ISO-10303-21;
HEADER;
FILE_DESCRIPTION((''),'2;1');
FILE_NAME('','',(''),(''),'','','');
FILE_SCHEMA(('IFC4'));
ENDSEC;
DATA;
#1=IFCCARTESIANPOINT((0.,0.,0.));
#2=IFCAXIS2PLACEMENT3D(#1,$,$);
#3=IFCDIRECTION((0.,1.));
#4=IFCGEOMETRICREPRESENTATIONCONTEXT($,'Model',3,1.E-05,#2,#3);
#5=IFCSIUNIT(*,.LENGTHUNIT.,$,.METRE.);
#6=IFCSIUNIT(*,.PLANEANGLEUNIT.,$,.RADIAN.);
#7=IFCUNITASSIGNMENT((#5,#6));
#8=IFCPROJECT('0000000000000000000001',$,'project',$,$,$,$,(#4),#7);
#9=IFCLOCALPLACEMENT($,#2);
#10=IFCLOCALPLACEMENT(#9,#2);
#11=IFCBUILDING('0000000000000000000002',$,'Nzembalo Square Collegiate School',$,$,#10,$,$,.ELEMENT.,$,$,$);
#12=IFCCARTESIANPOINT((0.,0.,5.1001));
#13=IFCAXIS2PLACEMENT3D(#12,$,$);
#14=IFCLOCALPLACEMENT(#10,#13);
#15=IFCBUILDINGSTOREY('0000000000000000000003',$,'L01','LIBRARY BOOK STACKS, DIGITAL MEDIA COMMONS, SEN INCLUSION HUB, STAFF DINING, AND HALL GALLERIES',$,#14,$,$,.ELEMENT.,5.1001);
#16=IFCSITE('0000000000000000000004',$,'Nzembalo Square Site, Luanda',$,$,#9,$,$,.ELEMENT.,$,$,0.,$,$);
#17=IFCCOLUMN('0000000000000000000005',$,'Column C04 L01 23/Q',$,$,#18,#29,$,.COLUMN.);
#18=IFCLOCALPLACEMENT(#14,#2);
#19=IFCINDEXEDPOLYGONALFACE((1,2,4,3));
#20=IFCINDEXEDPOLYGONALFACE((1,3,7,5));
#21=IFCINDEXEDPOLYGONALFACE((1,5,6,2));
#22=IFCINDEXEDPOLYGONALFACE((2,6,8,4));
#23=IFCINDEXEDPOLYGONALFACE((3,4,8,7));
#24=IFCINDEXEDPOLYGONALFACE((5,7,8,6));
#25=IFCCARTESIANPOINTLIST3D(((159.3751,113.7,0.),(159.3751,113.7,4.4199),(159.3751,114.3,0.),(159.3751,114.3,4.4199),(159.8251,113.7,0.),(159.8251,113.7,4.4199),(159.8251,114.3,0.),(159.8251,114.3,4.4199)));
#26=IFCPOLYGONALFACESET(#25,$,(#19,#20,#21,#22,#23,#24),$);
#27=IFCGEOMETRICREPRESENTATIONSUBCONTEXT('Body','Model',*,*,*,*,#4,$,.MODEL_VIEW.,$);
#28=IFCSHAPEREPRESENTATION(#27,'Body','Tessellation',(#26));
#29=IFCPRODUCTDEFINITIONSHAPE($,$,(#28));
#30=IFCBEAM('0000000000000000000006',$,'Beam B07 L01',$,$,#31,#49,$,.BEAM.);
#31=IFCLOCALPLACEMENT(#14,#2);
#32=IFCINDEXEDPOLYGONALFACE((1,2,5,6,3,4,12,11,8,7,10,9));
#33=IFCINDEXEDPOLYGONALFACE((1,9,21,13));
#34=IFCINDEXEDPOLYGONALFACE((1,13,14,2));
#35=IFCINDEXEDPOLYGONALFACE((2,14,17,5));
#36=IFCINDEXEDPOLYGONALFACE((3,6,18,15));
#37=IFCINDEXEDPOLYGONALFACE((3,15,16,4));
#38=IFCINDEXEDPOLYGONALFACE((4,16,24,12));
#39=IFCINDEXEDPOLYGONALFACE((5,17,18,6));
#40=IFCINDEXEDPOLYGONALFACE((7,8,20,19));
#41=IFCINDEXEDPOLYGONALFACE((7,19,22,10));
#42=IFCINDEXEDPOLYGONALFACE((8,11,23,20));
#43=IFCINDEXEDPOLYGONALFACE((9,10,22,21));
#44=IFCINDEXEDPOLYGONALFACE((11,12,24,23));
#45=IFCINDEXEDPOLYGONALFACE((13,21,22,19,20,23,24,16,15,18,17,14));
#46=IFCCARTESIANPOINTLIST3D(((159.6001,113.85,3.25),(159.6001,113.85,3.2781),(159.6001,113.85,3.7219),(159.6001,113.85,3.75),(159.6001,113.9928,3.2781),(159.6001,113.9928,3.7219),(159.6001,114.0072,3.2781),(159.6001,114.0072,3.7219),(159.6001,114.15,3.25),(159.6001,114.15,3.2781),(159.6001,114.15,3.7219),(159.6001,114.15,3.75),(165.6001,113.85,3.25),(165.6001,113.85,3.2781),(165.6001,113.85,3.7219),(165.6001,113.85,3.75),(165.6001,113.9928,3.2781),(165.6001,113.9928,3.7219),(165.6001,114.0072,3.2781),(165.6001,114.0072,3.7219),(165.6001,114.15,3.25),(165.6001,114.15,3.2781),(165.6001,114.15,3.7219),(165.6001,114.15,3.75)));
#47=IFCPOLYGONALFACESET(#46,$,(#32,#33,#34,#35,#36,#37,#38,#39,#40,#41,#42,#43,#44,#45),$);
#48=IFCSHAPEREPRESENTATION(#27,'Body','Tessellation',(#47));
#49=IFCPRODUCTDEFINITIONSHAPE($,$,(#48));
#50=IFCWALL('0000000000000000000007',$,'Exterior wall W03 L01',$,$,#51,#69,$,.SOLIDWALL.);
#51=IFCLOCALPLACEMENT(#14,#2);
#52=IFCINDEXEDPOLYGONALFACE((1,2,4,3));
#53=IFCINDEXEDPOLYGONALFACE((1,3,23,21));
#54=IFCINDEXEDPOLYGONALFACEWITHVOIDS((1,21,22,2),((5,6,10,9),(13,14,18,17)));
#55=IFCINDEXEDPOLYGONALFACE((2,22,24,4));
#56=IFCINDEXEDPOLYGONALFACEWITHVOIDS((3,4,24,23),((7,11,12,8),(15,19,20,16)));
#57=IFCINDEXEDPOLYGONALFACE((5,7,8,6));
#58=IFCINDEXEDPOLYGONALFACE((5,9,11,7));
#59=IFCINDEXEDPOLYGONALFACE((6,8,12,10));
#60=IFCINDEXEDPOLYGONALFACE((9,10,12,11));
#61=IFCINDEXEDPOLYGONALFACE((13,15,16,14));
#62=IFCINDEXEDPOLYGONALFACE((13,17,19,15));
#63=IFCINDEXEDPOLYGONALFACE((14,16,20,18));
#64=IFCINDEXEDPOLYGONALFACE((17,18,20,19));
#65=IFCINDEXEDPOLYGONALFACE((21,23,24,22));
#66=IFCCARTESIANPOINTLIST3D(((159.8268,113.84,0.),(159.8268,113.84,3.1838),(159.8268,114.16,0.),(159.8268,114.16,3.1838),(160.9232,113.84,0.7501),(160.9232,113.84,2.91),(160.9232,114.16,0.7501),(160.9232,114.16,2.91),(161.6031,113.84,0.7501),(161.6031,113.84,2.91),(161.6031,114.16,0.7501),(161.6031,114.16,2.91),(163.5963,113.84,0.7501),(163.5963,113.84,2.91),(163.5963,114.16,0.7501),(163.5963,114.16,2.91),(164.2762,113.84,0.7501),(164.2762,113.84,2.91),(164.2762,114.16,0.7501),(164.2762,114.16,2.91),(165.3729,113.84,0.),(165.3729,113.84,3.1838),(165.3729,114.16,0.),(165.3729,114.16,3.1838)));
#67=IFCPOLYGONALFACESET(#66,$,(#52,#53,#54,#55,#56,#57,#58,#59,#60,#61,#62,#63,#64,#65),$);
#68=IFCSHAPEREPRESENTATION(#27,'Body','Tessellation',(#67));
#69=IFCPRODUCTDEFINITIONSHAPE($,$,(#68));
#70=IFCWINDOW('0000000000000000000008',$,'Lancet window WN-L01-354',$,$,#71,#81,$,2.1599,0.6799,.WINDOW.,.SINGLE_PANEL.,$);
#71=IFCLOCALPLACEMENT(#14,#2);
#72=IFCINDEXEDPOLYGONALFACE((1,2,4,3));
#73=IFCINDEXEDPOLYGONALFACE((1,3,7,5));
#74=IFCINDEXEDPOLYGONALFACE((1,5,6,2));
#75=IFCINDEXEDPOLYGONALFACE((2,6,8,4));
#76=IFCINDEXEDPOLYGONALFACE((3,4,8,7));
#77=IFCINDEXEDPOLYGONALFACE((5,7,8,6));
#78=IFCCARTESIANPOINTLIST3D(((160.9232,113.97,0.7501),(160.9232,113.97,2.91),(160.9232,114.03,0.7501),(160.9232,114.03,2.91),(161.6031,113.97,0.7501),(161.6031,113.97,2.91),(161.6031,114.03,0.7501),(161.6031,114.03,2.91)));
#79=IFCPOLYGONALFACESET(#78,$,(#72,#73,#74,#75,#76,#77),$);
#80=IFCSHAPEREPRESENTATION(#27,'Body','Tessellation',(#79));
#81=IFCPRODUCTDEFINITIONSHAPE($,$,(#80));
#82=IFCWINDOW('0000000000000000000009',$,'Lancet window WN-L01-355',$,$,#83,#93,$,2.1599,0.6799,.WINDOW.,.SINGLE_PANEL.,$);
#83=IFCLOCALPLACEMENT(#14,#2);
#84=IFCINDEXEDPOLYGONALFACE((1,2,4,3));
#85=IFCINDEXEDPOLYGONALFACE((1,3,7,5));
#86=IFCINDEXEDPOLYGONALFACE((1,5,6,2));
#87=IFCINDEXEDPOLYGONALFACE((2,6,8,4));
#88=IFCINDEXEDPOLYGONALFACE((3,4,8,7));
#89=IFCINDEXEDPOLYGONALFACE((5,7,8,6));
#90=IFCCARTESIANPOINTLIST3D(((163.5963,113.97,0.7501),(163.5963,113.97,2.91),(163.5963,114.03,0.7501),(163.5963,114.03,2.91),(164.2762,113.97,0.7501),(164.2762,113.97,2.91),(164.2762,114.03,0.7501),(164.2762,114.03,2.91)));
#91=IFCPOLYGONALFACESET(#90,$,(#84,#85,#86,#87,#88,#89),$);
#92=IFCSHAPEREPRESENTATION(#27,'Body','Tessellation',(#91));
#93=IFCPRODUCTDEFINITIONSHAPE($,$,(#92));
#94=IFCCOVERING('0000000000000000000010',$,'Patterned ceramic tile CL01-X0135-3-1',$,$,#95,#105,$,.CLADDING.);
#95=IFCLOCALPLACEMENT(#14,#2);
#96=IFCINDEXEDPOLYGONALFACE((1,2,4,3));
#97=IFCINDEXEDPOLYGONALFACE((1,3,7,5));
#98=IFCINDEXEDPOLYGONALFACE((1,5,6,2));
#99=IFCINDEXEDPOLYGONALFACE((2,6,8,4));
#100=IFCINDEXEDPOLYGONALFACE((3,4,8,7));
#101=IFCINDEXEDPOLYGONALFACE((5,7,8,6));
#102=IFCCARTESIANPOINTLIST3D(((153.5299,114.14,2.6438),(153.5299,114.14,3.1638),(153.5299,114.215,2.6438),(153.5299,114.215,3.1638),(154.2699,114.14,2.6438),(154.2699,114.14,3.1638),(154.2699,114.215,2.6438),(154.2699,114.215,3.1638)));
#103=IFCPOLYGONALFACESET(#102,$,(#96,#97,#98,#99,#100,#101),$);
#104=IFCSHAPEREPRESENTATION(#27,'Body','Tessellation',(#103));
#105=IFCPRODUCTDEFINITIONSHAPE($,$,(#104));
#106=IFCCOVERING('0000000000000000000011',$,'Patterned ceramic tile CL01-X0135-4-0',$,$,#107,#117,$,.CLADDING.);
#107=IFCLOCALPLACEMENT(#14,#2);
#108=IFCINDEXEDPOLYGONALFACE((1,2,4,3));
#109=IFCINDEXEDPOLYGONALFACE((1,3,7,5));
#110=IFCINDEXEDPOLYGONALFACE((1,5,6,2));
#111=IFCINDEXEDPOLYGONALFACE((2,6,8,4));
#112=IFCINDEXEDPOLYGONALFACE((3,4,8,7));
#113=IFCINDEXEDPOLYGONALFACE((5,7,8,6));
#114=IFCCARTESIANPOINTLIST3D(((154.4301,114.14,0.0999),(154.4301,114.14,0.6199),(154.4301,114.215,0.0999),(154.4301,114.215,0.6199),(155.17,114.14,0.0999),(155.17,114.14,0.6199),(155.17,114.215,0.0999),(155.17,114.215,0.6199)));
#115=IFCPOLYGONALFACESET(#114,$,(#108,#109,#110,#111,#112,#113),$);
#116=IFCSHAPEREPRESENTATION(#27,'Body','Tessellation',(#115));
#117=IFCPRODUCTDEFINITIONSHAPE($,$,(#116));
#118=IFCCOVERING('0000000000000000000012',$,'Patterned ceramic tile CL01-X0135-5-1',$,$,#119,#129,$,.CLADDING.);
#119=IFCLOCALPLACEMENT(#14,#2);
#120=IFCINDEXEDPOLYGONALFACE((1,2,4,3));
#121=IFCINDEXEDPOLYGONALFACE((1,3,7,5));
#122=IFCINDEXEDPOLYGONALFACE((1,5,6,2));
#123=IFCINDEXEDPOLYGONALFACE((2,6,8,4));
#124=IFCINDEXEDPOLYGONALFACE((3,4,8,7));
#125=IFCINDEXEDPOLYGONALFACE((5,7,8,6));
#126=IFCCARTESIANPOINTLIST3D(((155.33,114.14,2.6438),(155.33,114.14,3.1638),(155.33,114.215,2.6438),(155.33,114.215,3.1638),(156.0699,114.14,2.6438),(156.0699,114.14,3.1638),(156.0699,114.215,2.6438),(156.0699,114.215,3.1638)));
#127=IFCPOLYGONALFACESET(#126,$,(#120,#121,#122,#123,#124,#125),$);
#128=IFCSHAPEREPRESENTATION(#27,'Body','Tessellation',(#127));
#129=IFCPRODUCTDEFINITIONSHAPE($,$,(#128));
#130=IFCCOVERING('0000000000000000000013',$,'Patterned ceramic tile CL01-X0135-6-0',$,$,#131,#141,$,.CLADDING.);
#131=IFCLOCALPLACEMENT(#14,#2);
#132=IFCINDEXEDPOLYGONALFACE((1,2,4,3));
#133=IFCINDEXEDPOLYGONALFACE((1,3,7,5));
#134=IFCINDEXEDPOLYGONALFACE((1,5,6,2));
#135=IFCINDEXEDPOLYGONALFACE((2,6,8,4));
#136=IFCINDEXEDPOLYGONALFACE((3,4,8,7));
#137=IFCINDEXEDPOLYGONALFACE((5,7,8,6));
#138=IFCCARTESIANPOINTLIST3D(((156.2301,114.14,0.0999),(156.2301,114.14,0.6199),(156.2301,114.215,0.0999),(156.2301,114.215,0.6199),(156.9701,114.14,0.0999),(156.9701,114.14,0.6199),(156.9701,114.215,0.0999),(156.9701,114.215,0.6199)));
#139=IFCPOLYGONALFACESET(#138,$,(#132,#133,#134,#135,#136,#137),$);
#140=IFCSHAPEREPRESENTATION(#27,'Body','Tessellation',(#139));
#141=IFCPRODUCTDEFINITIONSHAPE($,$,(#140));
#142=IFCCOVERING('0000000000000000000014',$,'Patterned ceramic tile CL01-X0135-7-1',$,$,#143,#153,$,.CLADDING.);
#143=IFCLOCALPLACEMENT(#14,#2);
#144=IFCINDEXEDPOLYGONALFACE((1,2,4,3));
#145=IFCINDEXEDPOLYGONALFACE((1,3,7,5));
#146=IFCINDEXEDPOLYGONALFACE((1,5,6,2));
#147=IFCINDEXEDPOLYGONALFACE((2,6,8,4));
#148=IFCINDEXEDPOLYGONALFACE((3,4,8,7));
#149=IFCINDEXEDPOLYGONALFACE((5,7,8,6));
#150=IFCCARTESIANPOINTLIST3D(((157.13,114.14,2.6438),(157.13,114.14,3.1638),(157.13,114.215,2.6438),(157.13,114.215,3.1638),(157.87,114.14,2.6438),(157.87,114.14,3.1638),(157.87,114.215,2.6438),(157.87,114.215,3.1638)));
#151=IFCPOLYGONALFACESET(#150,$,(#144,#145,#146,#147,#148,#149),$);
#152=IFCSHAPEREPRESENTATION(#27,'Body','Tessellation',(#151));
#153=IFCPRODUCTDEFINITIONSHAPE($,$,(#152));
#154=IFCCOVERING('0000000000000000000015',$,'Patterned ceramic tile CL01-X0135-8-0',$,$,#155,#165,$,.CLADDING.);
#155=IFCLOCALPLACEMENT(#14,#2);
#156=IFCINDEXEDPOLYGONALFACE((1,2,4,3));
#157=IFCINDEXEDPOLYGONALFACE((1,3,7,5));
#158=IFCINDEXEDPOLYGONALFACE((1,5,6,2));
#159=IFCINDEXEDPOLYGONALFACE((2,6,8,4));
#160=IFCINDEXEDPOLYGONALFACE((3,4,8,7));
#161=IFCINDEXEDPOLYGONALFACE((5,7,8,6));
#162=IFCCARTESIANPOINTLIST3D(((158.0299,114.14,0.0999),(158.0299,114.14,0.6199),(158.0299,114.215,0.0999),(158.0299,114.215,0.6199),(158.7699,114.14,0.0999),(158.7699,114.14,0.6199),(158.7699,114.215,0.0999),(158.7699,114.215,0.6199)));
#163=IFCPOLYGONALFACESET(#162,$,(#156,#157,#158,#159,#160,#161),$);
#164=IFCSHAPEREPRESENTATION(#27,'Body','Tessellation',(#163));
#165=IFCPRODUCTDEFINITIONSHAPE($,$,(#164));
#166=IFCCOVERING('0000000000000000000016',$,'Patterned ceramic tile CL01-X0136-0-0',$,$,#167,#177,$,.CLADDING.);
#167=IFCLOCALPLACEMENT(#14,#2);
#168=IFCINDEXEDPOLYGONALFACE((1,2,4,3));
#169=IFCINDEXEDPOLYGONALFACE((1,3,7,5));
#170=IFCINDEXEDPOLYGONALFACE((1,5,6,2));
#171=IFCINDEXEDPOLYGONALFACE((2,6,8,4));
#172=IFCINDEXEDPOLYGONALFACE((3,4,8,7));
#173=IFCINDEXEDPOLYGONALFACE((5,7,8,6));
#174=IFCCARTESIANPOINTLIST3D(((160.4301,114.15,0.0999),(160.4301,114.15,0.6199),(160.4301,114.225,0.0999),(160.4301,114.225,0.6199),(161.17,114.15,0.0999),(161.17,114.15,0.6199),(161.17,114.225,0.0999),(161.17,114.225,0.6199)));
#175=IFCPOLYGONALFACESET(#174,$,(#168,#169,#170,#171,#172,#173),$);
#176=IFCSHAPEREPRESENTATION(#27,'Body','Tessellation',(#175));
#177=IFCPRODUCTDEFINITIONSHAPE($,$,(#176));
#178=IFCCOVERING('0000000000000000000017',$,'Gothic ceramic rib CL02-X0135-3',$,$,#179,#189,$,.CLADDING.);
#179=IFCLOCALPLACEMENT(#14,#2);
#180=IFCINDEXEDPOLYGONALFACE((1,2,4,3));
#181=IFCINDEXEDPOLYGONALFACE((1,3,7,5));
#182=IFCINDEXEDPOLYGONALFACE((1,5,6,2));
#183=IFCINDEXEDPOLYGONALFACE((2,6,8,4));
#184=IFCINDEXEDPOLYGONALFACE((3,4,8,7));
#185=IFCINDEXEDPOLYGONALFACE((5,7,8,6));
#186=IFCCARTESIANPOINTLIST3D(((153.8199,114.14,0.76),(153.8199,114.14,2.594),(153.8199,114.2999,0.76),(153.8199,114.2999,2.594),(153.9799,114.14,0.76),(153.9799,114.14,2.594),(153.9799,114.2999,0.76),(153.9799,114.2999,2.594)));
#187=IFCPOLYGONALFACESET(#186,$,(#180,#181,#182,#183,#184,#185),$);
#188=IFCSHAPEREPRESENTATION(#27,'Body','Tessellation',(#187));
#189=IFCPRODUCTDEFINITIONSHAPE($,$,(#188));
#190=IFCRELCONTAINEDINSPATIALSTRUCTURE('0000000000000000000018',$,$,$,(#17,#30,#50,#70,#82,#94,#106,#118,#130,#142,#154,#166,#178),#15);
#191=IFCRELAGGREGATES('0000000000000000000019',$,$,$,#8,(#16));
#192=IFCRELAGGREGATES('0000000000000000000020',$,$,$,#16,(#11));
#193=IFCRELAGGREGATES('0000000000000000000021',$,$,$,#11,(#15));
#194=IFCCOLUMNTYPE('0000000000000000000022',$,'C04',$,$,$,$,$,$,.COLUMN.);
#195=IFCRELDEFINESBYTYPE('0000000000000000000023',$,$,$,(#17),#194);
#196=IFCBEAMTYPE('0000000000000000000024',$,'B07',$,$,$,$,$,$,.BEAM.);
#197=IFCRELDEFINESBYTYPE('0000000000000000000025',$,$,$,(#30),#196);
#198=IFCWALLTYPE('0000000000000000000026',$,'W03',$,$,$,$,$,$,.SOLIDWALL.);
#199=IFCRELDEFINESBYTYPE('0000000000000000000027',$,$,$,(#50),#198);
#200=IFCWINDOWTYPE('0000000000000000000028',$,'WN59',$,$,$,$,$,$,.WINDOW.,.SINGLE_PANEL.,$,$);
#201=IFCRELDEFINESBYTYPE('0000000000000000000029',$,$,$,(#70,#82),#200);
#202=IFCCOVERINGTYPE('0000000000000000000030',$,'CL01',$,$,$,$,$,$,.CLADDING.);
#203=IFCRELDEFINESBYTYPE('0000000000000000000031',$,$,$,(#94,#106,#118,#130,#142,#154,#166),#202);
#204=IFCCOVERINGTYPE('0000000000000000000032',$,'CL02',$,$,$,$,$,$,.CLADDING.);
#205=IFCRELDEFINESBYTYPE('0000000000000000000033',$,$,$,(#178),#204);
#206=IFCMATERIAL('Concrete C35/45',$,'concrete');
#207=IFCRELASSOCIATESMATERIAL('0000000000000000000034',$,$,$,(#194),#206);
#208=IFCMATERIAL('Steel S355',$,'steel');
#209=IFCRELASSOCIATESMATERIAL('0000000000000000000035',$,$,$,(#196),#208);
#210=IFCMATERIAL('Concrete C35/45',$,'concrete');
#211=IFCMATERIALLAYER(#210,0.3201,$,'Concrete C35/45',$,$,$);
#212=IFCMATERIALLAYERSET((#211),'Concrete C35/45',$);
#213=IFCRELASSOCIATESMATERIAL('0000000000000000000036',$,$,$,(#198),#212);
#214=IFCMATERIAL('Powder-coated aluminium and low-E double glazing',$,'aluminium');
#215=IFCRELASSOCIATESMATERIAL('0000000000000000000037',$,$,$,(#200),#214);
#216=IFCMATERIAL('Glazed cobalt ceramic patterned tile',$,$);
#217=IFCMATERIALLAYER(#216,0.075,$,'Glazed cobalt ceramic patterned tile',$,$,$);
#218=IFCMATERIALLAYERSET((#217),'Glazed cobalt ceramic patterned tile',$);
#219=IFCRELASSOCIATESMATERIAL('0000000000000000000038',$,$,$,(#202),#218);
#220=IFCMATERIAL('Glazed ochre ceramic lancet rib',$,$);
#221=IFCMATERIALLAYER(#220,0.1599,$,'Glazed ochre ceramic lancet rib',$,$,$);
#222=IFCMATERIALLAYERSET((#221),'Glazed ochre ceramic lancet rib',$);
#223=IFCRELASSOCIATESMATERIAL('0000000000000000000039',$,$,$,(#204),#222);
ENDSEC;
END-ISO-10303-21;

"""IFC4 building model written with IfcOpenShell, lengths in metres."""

from ifc_helpers import new_model, si_unit, direction, frame, frame_2d, origin, origin_2d, place, context, subcontext, project, spatial, rectangle, i_section, extrude, material, layer, layer_set, material_profile, profile_set, type_object, element, fill, save


model = new_model("IFC4")

# Units and contexts
model_context = context("Model", 3, precision=1e-05, world=origin(), true_north=direction((0.0, 1.0)))
body_context = subcontext(model_context, "Body", "Model", "MODEL_VIEW")
ifc_project = project(units=[si_unit("LENGTHUNIT", "METRE"), si_unit("PLANEANGLEUNIT", "RADIAN")], contexts=[model_context])

# Site, building, storey
site_placement = place(None, origin())
site = spatial("IfcSite", under=ifc_project, at=site_placement, Name="Nzembalo Square Site, Luanda", CompositionType="ELEMENT", RefElevation=0.0)
building_placement = place(site_placement, origin())
building = spatial("IfcBuilding", under=site, at=building_placement, Name="Nzembalo Square Collegiate School", CompositionType="ELEMENT")
storey_placement = place(building_placement, frame((0.0, 0.0, 5.1001)))
storey = spatial("IfcBuildingStorey", under=building, at=storey_placement, Name="L01", Description="LIBRARY BOOK STACKS, DIGITAL MEDIA COMMONS, SEN INCLUSION HUB, STAFF DINING, AND HALL GALLERIES", CompositionType="ELEMENT", Elevation=5.1001)

# Column
ifc_material_1 = material(Name="Concrete C35/45", Category="concrete")
ifc_material_profile_1 = material_profile(ifc_material_1, rectangle(XDim=0.45, YDim=0.6001, at=origin_2d()), Name="RC 450x600")
ifc_profile_set_1 = profile_set([ifc_material_profile_1], Name="Concrete C35/45")
column_type = type_object("IfcColumnType", Name="C04", PredefinedType="COLUMN", material=ifc_profile_set_1)
column_placement = place(storey_placement, frame((159.6001, 114.0, 0.0), z_axis=(0.0, 0.0, 1.0), x_axis=(1.0, 0.0, 0.0)))
element("IfcColumn", 1, at=column_placement, inside=storey, type_object=column_type, Name="Column C04 L01 23/Q", PredefinedType="COLUMN", context=body_context, shape_type="SweptSolid", body=[
    extrude(rectangle(XDim=0.45, YDim=0.6001, at=origin_2d()), origin(), (0.0, 0.0, 1.0), 4.4199),
])

# Beam
ifc_material_2 = material(Name="Steel S355", Category="steel")
ifc_material_profile_2 = material_profile(ifc_material_2, i_section(OverallWidth=0.3, OverallDepth=0.5, WebThickness=0.0144, FlangeThickness=0.0281, at=origin_2d()), Name="HEB 500")
ifc_profile_set_2 = profile_set([ifc_material_profile_2], Name="Steel S355")
beam_type = type_object("IfcBeamType", Name="B07", PredefinedType="BEAM", material=ifc_profile_set_2)
beam_placement = place(storey_placement, frame((159.6001, 114.0, 3.5), z_axis=(1.0, 0.0, 0.0), x_axis=(0.0, 1.0, 0.0)))
element("IfcBeam", 2, at=beam_placement, inside=storey, type_object=beam_type, Name="Beam B07 L01", PredefinedType="BEAM", context=body_context, shape_type="SweptSolid", body=[
    extrude(i_section(OverallWidth=0.3, OverallDepth=0.5, WebThickness=0.0144, FlangeThickness=0.0281, at=origin_2d()), origin(), (0.0, 0.0, 1.0), 6.0),
])

# Wall, openings, windows
ifc_material_3 = material(Name="Concrete C35/45", Category="concrete")
ifc_layer_1 = layer(ifc_material_3, 0.3201, Name="Concrete C35/45")
ifc_layer_set_1 = layer_set([ifc_layer_1], Name="Concrete C35/45")
wall_type = type_object("IfcWallType", Name="W03", PredefinedType="SOLIDWALL", material=ifc_layer_set_1)
wall_placement = place(storey_placement, frame((159.8269, 114.0, 0.0), z_axis=(0.0, 0.0, 1.0), x_axis=(1.0, 0.0, 0.0)))
wall = element("IfcWall", 3, at=wall_placement, inside=storey, type_object=wall_type, Name="Exterior wall W03 L01", PredefinedType="SOLIDWALL", context=body_context, shape_type="SweptSolid", body=[
    extrude(rectangle(XDim=5.5461, YDim=0.3201, at=frame_2d((2.7729, 0.0))), origin(), (0.0, 0.0, 1.0), 3.1838),
])
opening_1_placement = place(wall_placement, frame((1.0964, 0.0, 0.75)))
opening_1 = element("IfcOpeningElement", 4, at=opening_1_placement, cuts=wall, PredefinedType="OPENING", context=body_context, shape_type="SweptSolid", body=[
    extrude(rectangle(XDim=0.6799, YDim=2.1599, at=frame_2d((0.3398, 1.0801))), frame((0.0, 0.1699, 0.0), z_axis=(0.0, -1.0, 0.0), x_axis=(1.0, 0.0, 0.0)), (0.0, 0.0, 1.0), 0.3401),
])
opening_2_placement = place(wall_placement, frame((3.7695, 0.0, 0.75)))
opening_2 = element("IfcOpeningElement", 5, at=opening_2_placement, cuts=wall, PredefinedType="OPENING", context=body_context, shape_type="SweptSolid", body=[
    extrude(rectangle(XDim=0.6799, YDim=2.1599, at=frame_2d((0.3398, 1.0801))), frame((0.0, 0.1699, 0.0), z_axis=(0.0, -1.0, 0.0), x_axis=(1.0, 0.0, 0.0)), (0.0, 0.0, 1.0), 0.3401),
])
ifc_material_4 = material(Name="Powder-coated aluminium and low-E double glazing", Category="aluminium")
window_type = type_object("IfcWindowType", Name="WN59", PartitioningType="SINGLE_PANEL", PredefinedType="WINDOW", material=ifc_material_4)
window_1_placement = place(opening_1_placement, origin())
window_1 = element("IfcWindow", 6, at=window_1_placement, inside=storey, type_object=window_type, Name="Lancet window WN-L01-354", OverallHeight=2.1599, OverallWidth=0.6799, PartitioningType="SINGLE_PANEL", PredefinedType="WINDOW", context=body_context, shape_type="SweptSolid", body=[
    extrude(rectangle(XDim=0.6799, YDim=2.1599, at=frame_2d((0.3398, 1.0801))), frame((0.0, 0.03, 0.0), z_axis=(0.0, -1.0, 0.0), x_axis=(1.0, 0.0, 0.0)), (0.0, 0.0, 1.0), 0.0601),
])
fill(opening_1, window_1)
window_2_placement = place(opening_2_placement, origin())
window_2 = element("IfcWindow", 7, at=window_2_placement, inside=storey, type_object=window_type, Name="Lancet window WN-L01-355", OverallHeight=2.1599, OverallWidth=0.6799, PartitioningType="SINGLE_PANEL", PredefinedType="WINDOW", context=body_context, shape_type="SweptSolid", body=[
    extrude(rectangle(XDim=0.6799, YDim=2.1599, at=frame_2d((0.3398, 1.0801))), frame((0.0, 0.03, 0.0), z_axis=(0.0, -1.0, 0.0), x_axis=(1.0, 0.0, 0.0)), (0.0, 0.0, 1.0), 0.0601),
])
fill(opening_2, window_2)

# Coverings
ifc_material_5 = material(Name="Glazed cobalt ceramic patterned tile")
ifc_layer_2 = layer(ifc_material_5, 0.075, Name="Glazed cobalt ceramic patterned tile")
ifc_layer_set_2 = layer_set([ifc_layer_2], Name="Glazed cobalt ceramic patterned tile")
covering_type_1 = type_object("IfcCoveringType", Name="CL01", PredefinedType="CLADDING", material=ifc_layer_set_2)
for number, where, z_axis, x_axis, name in (
    (8, (153.8999, 114.1775, 2.6438), (0.0, 0.0, 1.0), (1.0, 0.0, 0.0), "Patterned ceramic tile CL01-X0135-3-1"),
    (9, (154.8, 114.1775, 0.0999), (0.0, 0.0, 1.0), (1.0, 0.0, 0.0), "Patterned ceramic tile CL01-X0135-4-0"),
    (10, (155.7, 114.1775, 2.6438), (0.0, 0.0, 1.0), (1.0, 0.0, 0.0), "Patterned ceramic tile CL01-X0135-5-1"),
    (11, (156.6001, 114.1775, 0.0999), (0.0, 0.0, 1.0), (1.0, 0.0, 0.0), "Patterned ceramic tile CL01-X0135-6-0"),
    (12, (157.5, 114.1775, 2.6438), (0.0, 0.0, 1.0), (1.0, 0.0, 0.0), "Patterned ceramic tile CL01-X0135-7-1"),
    (13, (158.3999, 114.1775, 0.0999), (0.0, 0.0, 1.0), (1.0, 0.0, 0.0), "Patterned ceramic tile CL01-X0135-8-0"),
    (14, (160.8, 114.1875, 0.0999), (0.0, 0.0, 1.0), (1.0, 0.0, 0.0), "Patterned ceramic tile CL01-X0136-0-0"),
):
    element("IfcCovering", number, at=place(storey_placement, frame(where, z_axis=z_axis, x_axis=x_axis)), inside=storey, type_object=covering_type_1, Name=name, PredefinedType="CLADDING", context=body_context, shape_type="SweptSolid", body=[
        extrude(rectangle(XDim=0.74, YDim=0.075, at=origin_2d()), origin(), (0.0, 0.0, 1.0), 0.52),
    ])
ifc_material_6 = material(Name="Glazed ochre ceramic lancet rib")
ifc_layer_3 = layer(ifc_material_6, 0.1599, Name="Glazed ochre ceramic lancet rib")
ifc_layer_set_3 = layer_set([ifc_layer_3], Name="Glazed ochre ceramic lancet rib")
covering_type_2 = type_object("IfcCoveringType", Name="CL02", PredefinedType="CLADDING", material=ifc_layer_set_3)
for number, where, z_axis, x_axis, name in (
    (15, (153.8999, 114.22, 0.76), (0.0, 0.0, 1.0), (1.0, 0.0, 0.0), "Gothic ceramic rib CL02-X0135-3"),
):
    element("IfcCovering", number, at=place(storey_placement, frame(where, z_axis=z_axis, x_axis=x_axis)), inside=storey, type_object=covering_type_2, Name=name, PredefinedType="CLADDING", context=body_context, shape_type="SweptSolid", body=[
        extrude(rectangle(XDim=0.1599, YDim=0.1599, at=origin_2d()), origin(), (0.0, 0.0, 1.0), 1.834),
    ])

save(model, "model.ifc")
